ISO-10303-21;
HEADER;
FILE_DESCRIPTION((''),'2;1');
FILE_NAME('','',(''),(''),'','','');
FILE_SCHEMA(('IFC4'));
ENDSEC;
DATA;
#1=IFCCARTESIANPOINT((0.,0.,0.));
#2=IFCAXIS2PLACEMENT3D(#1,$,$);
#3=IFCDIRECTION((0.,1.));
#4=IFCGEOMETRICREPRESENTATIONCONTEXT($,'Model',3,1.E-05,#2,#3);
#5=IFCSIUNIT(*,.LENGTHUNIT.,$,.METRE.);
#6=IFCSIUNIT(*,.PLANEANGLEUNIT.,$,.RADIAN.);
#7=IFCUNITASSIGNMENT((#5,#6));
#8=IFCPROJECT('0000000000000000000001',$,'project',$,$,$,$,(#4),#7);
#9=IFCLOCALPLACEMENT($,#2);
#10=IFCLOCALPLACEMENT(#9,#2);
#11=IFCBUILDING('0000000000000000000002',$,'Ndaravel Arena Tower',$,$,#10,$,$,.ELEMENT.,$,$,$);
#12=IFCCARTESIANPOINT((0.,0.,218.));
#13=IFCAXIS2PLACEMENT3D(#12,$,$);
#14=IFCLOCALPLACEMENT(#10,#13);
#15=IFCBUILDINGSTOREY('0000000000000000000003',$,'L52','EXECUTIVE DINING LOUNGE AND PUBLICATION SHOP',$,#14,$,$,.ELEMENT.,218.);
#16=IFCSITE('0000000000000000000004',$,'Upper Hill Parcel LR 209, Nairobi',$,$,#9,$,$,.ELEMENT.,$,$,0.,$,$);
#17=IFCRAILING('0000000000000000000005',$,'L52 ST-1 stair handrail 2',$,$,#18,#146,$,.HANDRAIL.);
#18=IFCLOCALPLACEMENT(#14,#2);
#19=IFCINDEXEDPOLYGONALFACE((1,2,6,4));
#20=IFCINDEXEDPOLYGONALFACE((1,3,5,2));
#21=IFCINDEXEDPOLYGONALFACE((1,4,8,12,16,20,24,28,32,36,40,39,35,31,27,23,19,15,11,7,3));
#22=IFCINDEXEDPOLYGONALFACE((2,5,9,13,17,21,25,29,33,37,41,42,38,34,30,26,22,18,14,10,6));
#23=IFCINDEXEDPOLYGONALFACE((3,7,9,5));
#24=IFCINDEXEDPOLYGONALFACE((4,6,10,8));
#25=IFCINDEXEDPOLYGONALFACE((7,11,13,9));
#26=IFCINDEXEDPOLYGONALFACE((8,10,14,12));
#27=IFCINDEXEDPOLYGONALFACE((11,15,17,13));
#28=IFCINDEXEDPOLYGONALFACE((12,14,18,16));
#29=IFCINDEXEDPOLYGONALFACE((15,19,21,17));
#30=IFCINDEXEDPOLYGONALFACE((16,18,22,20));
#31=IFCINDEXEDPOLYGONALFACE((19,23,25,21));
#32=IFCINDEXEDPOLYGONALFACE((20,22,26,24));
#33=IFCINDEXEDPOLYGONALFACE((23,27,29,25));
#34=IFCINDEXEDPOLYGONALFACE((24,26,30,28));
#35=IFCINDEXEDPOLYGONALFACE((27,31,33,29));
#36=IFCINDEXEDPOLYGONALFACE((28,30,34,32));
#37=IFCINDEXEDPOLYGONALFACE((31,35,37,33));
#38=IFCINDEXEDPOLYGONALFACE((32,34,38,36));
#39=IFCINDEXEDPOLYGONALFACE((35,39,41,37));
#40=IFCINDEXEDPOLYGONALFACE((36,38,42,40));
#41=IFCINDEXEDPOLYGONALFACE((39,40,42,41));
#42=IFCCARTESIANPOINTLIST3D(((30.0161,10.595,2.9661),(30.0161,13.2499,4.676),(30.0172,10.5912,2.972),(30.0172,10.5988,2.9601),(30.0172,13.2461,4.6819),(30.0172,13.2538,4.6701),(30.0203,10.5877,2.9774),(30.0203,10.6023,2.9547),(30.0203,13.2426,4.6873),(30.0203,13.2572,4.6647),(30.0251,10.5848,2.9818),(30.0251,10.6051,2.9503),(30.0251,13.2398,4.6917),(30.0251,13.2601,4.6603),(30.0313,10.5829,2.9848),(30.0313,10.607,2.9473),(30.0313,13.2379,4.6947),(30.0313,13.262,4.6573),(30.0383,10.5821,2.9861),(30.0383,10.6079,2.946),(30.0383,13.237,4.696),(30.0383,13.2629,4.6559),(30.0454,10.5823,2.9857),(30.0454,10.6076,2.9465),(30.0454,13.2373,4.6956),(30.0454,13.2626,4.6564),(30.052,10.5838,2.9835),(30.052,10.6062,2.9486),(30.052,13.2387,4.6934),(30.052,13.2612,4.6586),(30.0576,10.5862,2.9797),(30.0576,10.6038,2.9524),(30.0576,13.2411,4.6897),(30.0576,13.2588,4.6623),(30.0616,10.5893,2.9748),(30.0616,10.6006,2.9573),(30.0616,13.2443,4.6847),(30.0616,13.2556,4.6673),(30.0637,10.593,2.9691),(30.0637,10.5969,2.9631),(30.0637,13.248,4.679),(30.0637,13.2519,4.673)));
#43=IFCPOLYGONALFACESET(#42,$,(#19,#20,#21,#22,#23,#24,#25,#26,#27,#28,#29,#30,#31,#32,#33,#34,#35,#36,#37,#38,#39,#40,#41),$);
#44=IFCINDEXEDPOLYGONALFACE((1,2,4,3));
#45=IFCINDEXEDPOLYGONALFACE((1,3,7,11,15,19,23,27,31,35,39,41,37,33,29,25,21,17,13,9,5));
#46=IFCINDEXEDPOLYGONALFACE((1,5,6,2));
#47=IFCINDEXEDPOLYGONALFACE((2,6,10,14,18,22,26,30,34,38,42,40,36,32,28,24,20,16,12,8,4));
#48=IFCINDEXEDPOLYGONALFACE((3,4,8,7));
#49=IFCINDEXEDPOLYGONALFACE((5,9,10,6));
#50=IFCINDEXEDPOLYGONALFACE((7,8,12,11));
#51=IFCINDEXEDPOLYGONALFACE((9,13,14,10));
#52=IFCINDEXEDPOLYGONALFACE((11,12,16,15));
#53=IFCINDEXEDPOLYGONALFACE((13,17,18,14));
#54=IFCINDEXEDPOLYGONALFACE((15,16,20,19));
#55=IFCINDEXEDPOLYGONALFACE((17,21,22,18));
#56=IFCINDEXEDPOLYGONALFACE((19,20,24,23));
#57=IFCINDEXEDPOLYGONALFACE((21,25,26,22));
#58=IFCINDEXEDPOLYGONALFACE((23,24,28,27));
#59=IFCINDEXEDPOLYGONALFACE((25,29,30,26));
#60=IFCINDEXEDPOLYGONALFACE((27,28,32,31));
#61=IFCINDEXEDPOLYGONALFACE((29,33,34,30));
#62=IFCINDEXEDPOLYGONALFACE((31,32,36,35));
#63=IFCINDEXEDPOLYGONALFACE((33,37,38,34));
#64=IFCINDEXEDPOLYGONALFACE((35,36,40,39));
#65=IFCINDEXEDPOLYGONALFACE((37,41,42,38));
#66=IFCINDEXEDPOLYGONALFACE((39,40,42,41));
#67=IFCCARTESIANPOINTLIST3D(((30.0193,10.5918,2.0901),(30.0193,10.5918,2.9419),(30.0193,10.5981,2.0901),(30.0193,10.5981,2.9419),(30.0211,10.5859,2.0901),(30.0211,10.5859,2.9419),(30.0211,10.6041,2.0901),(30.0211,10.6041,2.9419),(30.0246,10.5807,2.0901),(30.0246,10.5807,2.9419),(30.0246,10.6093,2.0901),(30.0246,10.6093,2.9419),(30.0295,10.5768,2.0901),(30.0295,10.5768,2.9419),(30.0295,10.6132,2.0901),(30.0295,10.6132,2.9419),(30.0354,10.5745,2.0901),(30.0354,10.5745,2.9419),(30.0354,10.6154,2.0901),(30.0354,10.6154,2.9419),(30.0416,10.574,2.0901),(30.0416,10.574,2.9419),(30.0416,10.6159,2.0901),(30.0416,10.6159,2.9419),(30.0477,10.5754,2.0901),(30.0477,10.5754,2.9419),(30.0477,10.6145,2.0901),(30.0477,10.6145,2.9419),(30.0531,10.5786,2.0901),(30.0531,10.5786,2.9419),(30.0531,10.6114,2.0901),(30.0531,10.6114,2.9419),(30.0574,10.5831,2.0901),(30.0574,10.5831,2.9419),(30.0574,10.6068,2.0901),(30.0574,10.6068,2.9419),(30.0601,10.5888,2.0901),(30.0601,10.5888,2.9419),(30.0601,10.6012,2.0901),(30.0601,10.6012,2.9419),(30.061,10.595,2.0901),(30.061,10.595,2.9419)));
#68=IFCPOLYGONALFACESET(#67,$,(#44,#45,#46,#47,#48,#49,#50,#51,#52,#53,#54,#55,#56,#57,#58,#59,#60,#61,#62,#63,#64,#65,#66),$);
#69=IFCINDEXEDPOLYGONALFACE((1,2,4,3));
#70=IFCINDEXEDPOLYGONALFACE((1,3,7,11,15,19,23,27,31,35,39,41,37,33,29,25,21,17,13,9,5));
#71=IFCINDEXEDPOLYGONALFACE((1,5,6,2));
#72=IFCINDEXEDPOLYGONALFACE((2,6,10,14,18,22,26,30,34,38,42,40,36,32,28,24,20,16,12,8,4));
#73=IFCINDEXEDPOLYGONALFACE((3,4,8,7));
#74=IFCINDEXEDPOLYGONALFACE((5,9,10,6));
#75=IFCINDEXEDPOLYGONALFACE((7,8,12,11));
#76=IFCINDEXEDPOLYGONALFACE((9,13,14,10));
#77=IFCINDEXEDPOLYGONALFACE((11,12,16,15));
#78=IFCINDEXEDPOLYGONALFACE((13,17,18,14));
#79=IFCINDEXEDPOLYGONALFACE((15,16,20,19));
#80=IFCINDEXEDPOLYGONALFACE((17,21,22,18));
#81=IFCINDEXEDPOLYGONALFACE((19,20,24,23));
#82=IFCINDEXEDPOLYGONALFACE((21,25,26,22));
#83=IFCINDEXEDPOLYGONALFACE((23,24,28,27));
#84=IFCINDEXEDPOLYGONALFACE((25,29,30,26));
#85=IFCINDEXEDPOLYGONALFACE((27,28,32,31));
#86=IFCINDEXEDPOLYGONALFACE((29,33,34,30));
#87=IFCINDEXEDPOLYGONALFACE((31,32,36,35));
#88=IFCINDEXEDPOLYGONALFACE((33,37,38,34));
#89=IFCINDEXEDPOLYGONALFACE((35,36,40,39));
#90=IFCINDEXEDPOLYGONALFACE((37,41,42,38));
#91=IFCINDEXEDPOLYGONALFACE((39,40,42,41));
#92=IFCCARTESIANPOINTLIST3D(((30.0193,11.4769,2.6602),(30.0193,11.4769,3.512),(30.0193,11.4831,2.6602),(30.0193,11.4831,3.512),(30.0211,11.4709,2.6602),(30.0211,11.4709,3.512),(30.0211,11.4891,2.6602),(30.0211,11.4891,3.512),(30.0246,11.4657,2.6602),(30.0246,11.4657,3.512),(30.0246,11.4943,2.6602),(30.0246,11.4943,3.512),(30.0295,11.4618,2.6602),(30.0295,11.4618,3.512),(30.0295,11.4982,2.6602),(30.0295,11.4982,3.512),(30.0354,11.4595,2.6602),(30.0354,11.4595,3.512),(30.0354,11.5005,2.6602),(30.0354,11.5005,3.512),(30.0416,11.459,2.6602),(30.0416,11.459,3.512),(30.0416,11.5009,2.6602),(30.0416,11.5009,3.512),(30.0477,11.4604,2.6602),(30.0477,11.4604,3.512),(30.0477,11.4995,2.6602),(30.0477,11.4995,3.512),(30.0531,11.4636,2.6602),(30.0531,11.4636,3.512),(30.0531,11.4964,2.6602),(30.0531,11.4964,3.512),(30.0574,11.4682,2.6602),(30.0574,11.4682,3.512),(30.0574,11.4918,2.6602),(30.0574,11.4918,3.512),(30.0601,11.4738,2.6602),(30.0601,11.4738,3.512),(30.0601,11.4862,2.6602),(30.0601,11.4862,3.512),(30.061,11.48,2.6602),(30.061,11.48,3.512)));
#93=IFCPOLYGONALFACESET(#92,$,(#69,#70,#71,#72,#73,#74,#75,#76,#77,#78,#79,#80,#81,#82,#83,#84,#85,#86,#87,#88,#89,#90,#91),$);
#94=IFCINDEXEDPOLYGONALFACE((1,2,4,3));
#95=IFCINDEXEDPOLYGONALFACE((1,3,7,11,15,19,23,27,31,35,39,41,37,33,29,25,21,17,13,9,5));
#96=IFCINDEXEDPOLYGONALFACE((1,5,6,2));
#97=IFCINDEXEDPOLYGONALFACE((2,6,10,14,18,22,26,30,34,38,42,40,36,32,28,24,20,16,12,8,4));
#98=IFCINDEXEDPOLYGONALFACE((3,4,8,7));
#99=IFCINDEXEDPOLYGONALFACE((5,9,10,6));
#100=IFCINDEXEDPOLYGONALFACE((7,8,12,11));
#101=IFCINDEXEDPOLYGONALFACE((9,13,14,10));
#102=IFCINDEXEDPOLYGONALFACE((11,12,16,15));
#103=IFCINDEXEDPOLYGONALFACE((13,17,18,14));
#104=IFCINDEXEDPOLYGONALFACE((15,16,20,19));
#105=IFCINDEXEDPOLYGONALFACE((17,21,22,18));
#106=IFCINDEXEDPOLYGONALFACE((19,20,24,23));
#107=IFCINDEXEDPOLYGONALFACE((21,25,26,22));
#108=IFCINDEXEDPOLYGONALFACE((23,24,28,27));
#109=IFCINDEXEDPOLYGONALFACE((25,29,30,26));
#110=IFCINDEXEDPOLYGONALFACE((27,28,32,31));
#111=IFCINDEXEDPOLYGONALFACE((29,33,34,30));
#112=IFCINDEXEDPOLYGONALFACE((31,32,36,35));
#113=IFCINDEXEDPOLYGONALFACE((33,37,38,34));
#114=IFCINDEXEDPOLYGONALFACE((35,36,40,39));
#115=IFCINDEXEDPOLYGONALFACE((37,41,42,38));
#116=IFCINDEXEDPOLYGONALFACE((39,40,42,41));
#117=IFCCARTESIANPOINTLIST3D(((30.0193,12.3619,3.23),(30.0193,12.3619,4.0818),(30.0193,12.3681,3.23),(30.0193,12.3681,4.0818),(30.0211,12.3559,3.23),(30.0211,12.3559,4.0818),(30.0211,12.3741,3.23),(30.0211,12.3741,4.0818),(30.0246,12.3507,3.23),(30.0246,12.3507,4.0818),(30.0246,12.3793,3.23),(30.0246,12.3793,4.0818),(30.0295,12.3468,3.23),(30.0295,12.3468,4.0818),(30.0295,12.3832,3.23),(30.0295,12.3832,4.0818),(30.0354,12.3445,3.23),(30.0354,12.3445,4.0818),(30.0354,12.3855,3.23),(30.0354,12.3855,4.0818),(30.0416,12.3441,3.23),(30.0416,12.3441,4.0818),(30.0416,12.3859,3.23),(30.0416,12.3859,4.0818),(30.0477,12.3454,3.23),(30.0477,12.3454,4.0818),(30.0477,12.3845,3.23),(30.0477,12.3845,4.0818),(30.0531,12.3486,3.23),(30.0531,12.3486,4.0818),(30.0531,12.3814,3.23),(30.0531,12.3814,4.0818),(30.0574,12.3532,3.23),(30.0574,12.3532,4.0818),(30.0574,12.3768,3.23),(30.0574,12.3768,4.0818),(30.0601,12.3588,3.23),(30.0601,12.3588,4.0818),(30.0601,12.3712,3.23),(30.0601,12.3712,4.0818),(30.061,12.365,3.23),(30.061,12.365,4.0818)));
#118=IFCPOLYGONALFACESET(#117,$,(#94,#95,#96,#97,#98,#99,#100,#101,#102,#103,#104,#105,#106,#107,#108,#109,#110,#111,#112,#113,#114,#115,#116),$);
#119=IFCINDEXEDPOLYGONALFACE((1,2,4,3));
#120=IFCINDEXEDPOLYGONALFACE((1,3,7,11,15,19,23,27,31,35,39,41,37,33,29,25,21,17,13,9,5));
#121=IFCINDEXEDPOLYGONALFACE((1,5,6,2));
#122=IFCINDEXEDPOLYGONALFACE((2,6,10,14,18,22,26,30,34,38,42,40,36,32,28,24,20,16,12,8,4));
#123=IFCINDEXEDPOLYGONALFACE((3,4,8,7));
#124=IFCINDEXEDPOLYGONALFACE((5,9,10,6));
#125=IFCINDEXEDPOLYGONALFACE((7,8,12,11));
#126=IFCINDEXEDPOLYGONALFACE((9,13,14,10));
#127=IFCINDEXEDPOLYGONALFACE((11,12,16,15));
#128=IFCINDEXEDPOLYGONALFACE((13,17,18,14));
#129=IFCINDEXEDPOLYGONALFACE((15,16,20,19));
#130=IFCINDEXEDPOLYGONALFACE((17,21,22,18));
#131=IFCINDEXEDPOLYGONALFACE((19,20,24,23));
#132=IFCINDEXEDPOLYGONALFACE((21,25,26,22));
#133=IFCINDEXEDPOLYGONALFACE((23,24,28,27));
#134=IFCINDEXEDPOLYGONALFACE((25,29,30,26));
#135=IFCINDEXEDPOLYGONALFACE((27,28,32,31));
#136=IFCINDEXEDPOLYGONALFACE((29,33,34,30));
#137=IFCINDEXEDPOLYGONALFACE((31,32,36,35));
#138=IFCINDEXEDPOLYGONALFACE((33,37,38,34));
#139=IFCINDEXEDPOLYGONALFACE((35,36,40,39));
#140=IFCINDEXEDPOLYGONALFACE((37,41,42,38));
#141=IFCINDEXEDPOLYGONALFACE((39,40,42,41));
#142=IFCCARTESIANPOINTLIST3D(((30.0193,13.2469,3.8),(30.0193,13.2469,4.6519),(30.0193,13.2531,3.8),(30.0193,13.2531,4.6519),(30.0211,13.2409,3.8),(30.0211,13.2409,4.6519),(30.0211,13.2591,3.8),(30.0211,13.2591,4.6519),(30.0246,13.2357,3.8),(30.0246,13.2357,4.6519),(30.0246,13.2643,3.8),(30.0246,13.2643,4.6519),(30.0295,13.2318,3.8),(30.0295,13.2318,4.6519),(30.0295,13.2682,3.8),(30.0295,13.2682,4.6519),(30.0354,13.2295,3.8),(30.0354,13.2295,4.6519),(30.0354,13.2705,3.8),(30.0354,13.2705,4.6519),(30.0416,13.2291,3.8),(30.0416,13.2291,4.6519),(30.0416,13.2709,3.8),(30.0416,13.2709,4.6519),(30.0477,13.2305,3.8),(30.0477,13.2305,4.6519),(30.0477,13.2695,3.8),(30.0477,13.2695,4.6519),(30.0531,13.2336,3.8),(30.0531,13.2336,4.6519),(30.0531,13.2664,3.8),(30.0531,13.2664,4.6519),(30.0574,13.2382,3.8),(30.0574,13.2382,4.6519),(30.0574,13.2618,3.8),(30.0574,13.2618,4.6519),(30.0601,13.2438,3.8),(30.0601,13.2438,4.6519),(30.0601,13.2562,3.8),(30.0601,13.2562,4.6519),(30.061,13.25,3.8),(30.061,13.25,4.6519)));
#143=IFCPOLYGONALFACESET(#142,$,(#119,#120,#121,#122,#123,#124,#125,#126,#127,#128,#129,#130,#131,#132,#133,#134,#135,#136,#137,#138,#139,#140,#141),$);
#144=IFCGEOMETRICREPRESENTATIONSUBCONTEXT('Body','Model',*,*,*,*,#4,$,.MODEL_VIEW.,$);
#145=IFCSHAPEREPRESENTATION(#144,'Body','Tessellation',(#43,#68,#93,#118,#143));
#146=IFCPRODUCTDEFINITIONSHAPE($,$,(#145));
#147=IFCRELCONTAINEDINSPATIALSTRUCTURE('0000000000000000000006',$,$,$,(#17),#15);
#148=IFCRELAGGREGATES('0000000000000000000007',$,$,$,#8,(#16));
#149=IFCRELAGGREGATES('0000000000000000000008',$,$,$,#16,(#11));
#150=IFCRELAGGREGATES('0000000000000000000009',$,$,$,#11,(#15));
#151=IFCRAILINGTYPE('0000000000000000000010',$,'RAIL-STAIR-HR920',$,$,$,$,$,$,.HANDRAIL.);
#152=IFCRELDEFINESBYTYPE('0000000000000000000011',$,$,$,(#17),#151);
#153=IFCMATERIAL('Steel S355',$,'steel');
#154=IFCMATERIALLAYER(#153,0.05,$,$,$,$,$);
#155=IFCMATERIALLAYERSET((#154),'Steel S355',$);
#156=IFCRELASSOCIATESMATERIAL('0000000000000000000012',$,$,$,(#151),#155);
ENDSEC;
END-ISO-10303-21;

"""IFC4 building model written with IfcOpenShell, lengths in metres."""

from ifc_helpers import new_model, si_unit, direction, frame, origin, origin_2d, place, context, subcontext, project, spatial, circle, extrude, material, layer, layer_set, type_object, element, save


model = new_model("IFC4")

# Units and contexts
model_context = context("Model", 3, precision=1e-05, world=origin(), true_north=direction((0.0, 1.0)))
body_context = subcontext(model_context, "Body", "Model", "MODEL_VIEW")
ifc_project = project(units=[si_unit("LENGTHUNIT", "METRE"), si_unit("PLANEANGLEUNIT", "RADIAN")], contexts=[model_context])

# Site, building, storey
site_placement = place(None, origin())
site = spatial("IfcSite", under=ifc_project, at=site_placement, Name="Upper Hill Parcel LR 209, Nairobi", CompositionType="ELEMENT", RefElevation=0.0)
building_placement = place(site_placement, origin())
building = spatial("IfcBuilding", under=site, at=building_placement, Name="Ndaravel Arena Tower", CompositionType="ELEMENT")
storey_placement = place(building_placement, frame((0.0, 0.0, 218.0)))
storey = spatial("IfcBuildingStorey", under=building, at=storey_placement, Name="L52", Description="EXECUTIVE DINING LOUNGE AND PUBLICATION SHOP", CompositionType="ELEMENT", Elevation=218.0)

# Railing
ifc_material_1 = material(Name="Steel S355", Category="steel")
ifc_layer_1 = layer(ifc_material_1, 0.05)
ifc_layer_set_1 = layer_set([ifc_layer_1], Name="Steel S355")
railing_type_1 = type_object("IfcRailingType", Name="RAIL-STAIR-HR920", PredefinedType="HANDRAIL", material=ifc_layer_set_1)
railing_1_placement = place(storey_placement, frame((30.04, 10.595, 2.0901)))
element("IfcRailing", 1, at=railing_1_placement, inside=storey, type_object=railing_type_1, Name="L52 ST-1 stair handrail 2", PredefinedType="HANDRAIL", context=body_context, shape_type="SweptSolid", body=[
    extrude(circle(Radius=0.0239, at=origin_2d()), frame((0.0, 0.0, 0.876), z_axis=(0.0, 0.840724, 0.541465), x_axis=(-1.0, 0.0, 0.0)), (0.0, 0.0, 1.0), 3.158),
    extrude(circle(Radius=0.021, at=origin_2d()), origin(), (0.0, 0.0, 1.0), 0.8518),
    extrude(circle(Radius=0.021, at=origin_2d()), frame((0.0, 0.885, 0.5701)), (0.0, 0.0, 1.0), 0.8518),
    extrude(circle(Radius=0.021, at=origin_2d()), frame((0.0, 1.77, 1.1399)), (0.0, 0.0, 1.0), 0.8518),
    extrude(circle(Radius=0.021, at=origin_2d()), frame((0.0, 2.655, 1.71)), (0.0, 0.0, 1.0), 0.8518),
])

save(model, "model.ifc")
